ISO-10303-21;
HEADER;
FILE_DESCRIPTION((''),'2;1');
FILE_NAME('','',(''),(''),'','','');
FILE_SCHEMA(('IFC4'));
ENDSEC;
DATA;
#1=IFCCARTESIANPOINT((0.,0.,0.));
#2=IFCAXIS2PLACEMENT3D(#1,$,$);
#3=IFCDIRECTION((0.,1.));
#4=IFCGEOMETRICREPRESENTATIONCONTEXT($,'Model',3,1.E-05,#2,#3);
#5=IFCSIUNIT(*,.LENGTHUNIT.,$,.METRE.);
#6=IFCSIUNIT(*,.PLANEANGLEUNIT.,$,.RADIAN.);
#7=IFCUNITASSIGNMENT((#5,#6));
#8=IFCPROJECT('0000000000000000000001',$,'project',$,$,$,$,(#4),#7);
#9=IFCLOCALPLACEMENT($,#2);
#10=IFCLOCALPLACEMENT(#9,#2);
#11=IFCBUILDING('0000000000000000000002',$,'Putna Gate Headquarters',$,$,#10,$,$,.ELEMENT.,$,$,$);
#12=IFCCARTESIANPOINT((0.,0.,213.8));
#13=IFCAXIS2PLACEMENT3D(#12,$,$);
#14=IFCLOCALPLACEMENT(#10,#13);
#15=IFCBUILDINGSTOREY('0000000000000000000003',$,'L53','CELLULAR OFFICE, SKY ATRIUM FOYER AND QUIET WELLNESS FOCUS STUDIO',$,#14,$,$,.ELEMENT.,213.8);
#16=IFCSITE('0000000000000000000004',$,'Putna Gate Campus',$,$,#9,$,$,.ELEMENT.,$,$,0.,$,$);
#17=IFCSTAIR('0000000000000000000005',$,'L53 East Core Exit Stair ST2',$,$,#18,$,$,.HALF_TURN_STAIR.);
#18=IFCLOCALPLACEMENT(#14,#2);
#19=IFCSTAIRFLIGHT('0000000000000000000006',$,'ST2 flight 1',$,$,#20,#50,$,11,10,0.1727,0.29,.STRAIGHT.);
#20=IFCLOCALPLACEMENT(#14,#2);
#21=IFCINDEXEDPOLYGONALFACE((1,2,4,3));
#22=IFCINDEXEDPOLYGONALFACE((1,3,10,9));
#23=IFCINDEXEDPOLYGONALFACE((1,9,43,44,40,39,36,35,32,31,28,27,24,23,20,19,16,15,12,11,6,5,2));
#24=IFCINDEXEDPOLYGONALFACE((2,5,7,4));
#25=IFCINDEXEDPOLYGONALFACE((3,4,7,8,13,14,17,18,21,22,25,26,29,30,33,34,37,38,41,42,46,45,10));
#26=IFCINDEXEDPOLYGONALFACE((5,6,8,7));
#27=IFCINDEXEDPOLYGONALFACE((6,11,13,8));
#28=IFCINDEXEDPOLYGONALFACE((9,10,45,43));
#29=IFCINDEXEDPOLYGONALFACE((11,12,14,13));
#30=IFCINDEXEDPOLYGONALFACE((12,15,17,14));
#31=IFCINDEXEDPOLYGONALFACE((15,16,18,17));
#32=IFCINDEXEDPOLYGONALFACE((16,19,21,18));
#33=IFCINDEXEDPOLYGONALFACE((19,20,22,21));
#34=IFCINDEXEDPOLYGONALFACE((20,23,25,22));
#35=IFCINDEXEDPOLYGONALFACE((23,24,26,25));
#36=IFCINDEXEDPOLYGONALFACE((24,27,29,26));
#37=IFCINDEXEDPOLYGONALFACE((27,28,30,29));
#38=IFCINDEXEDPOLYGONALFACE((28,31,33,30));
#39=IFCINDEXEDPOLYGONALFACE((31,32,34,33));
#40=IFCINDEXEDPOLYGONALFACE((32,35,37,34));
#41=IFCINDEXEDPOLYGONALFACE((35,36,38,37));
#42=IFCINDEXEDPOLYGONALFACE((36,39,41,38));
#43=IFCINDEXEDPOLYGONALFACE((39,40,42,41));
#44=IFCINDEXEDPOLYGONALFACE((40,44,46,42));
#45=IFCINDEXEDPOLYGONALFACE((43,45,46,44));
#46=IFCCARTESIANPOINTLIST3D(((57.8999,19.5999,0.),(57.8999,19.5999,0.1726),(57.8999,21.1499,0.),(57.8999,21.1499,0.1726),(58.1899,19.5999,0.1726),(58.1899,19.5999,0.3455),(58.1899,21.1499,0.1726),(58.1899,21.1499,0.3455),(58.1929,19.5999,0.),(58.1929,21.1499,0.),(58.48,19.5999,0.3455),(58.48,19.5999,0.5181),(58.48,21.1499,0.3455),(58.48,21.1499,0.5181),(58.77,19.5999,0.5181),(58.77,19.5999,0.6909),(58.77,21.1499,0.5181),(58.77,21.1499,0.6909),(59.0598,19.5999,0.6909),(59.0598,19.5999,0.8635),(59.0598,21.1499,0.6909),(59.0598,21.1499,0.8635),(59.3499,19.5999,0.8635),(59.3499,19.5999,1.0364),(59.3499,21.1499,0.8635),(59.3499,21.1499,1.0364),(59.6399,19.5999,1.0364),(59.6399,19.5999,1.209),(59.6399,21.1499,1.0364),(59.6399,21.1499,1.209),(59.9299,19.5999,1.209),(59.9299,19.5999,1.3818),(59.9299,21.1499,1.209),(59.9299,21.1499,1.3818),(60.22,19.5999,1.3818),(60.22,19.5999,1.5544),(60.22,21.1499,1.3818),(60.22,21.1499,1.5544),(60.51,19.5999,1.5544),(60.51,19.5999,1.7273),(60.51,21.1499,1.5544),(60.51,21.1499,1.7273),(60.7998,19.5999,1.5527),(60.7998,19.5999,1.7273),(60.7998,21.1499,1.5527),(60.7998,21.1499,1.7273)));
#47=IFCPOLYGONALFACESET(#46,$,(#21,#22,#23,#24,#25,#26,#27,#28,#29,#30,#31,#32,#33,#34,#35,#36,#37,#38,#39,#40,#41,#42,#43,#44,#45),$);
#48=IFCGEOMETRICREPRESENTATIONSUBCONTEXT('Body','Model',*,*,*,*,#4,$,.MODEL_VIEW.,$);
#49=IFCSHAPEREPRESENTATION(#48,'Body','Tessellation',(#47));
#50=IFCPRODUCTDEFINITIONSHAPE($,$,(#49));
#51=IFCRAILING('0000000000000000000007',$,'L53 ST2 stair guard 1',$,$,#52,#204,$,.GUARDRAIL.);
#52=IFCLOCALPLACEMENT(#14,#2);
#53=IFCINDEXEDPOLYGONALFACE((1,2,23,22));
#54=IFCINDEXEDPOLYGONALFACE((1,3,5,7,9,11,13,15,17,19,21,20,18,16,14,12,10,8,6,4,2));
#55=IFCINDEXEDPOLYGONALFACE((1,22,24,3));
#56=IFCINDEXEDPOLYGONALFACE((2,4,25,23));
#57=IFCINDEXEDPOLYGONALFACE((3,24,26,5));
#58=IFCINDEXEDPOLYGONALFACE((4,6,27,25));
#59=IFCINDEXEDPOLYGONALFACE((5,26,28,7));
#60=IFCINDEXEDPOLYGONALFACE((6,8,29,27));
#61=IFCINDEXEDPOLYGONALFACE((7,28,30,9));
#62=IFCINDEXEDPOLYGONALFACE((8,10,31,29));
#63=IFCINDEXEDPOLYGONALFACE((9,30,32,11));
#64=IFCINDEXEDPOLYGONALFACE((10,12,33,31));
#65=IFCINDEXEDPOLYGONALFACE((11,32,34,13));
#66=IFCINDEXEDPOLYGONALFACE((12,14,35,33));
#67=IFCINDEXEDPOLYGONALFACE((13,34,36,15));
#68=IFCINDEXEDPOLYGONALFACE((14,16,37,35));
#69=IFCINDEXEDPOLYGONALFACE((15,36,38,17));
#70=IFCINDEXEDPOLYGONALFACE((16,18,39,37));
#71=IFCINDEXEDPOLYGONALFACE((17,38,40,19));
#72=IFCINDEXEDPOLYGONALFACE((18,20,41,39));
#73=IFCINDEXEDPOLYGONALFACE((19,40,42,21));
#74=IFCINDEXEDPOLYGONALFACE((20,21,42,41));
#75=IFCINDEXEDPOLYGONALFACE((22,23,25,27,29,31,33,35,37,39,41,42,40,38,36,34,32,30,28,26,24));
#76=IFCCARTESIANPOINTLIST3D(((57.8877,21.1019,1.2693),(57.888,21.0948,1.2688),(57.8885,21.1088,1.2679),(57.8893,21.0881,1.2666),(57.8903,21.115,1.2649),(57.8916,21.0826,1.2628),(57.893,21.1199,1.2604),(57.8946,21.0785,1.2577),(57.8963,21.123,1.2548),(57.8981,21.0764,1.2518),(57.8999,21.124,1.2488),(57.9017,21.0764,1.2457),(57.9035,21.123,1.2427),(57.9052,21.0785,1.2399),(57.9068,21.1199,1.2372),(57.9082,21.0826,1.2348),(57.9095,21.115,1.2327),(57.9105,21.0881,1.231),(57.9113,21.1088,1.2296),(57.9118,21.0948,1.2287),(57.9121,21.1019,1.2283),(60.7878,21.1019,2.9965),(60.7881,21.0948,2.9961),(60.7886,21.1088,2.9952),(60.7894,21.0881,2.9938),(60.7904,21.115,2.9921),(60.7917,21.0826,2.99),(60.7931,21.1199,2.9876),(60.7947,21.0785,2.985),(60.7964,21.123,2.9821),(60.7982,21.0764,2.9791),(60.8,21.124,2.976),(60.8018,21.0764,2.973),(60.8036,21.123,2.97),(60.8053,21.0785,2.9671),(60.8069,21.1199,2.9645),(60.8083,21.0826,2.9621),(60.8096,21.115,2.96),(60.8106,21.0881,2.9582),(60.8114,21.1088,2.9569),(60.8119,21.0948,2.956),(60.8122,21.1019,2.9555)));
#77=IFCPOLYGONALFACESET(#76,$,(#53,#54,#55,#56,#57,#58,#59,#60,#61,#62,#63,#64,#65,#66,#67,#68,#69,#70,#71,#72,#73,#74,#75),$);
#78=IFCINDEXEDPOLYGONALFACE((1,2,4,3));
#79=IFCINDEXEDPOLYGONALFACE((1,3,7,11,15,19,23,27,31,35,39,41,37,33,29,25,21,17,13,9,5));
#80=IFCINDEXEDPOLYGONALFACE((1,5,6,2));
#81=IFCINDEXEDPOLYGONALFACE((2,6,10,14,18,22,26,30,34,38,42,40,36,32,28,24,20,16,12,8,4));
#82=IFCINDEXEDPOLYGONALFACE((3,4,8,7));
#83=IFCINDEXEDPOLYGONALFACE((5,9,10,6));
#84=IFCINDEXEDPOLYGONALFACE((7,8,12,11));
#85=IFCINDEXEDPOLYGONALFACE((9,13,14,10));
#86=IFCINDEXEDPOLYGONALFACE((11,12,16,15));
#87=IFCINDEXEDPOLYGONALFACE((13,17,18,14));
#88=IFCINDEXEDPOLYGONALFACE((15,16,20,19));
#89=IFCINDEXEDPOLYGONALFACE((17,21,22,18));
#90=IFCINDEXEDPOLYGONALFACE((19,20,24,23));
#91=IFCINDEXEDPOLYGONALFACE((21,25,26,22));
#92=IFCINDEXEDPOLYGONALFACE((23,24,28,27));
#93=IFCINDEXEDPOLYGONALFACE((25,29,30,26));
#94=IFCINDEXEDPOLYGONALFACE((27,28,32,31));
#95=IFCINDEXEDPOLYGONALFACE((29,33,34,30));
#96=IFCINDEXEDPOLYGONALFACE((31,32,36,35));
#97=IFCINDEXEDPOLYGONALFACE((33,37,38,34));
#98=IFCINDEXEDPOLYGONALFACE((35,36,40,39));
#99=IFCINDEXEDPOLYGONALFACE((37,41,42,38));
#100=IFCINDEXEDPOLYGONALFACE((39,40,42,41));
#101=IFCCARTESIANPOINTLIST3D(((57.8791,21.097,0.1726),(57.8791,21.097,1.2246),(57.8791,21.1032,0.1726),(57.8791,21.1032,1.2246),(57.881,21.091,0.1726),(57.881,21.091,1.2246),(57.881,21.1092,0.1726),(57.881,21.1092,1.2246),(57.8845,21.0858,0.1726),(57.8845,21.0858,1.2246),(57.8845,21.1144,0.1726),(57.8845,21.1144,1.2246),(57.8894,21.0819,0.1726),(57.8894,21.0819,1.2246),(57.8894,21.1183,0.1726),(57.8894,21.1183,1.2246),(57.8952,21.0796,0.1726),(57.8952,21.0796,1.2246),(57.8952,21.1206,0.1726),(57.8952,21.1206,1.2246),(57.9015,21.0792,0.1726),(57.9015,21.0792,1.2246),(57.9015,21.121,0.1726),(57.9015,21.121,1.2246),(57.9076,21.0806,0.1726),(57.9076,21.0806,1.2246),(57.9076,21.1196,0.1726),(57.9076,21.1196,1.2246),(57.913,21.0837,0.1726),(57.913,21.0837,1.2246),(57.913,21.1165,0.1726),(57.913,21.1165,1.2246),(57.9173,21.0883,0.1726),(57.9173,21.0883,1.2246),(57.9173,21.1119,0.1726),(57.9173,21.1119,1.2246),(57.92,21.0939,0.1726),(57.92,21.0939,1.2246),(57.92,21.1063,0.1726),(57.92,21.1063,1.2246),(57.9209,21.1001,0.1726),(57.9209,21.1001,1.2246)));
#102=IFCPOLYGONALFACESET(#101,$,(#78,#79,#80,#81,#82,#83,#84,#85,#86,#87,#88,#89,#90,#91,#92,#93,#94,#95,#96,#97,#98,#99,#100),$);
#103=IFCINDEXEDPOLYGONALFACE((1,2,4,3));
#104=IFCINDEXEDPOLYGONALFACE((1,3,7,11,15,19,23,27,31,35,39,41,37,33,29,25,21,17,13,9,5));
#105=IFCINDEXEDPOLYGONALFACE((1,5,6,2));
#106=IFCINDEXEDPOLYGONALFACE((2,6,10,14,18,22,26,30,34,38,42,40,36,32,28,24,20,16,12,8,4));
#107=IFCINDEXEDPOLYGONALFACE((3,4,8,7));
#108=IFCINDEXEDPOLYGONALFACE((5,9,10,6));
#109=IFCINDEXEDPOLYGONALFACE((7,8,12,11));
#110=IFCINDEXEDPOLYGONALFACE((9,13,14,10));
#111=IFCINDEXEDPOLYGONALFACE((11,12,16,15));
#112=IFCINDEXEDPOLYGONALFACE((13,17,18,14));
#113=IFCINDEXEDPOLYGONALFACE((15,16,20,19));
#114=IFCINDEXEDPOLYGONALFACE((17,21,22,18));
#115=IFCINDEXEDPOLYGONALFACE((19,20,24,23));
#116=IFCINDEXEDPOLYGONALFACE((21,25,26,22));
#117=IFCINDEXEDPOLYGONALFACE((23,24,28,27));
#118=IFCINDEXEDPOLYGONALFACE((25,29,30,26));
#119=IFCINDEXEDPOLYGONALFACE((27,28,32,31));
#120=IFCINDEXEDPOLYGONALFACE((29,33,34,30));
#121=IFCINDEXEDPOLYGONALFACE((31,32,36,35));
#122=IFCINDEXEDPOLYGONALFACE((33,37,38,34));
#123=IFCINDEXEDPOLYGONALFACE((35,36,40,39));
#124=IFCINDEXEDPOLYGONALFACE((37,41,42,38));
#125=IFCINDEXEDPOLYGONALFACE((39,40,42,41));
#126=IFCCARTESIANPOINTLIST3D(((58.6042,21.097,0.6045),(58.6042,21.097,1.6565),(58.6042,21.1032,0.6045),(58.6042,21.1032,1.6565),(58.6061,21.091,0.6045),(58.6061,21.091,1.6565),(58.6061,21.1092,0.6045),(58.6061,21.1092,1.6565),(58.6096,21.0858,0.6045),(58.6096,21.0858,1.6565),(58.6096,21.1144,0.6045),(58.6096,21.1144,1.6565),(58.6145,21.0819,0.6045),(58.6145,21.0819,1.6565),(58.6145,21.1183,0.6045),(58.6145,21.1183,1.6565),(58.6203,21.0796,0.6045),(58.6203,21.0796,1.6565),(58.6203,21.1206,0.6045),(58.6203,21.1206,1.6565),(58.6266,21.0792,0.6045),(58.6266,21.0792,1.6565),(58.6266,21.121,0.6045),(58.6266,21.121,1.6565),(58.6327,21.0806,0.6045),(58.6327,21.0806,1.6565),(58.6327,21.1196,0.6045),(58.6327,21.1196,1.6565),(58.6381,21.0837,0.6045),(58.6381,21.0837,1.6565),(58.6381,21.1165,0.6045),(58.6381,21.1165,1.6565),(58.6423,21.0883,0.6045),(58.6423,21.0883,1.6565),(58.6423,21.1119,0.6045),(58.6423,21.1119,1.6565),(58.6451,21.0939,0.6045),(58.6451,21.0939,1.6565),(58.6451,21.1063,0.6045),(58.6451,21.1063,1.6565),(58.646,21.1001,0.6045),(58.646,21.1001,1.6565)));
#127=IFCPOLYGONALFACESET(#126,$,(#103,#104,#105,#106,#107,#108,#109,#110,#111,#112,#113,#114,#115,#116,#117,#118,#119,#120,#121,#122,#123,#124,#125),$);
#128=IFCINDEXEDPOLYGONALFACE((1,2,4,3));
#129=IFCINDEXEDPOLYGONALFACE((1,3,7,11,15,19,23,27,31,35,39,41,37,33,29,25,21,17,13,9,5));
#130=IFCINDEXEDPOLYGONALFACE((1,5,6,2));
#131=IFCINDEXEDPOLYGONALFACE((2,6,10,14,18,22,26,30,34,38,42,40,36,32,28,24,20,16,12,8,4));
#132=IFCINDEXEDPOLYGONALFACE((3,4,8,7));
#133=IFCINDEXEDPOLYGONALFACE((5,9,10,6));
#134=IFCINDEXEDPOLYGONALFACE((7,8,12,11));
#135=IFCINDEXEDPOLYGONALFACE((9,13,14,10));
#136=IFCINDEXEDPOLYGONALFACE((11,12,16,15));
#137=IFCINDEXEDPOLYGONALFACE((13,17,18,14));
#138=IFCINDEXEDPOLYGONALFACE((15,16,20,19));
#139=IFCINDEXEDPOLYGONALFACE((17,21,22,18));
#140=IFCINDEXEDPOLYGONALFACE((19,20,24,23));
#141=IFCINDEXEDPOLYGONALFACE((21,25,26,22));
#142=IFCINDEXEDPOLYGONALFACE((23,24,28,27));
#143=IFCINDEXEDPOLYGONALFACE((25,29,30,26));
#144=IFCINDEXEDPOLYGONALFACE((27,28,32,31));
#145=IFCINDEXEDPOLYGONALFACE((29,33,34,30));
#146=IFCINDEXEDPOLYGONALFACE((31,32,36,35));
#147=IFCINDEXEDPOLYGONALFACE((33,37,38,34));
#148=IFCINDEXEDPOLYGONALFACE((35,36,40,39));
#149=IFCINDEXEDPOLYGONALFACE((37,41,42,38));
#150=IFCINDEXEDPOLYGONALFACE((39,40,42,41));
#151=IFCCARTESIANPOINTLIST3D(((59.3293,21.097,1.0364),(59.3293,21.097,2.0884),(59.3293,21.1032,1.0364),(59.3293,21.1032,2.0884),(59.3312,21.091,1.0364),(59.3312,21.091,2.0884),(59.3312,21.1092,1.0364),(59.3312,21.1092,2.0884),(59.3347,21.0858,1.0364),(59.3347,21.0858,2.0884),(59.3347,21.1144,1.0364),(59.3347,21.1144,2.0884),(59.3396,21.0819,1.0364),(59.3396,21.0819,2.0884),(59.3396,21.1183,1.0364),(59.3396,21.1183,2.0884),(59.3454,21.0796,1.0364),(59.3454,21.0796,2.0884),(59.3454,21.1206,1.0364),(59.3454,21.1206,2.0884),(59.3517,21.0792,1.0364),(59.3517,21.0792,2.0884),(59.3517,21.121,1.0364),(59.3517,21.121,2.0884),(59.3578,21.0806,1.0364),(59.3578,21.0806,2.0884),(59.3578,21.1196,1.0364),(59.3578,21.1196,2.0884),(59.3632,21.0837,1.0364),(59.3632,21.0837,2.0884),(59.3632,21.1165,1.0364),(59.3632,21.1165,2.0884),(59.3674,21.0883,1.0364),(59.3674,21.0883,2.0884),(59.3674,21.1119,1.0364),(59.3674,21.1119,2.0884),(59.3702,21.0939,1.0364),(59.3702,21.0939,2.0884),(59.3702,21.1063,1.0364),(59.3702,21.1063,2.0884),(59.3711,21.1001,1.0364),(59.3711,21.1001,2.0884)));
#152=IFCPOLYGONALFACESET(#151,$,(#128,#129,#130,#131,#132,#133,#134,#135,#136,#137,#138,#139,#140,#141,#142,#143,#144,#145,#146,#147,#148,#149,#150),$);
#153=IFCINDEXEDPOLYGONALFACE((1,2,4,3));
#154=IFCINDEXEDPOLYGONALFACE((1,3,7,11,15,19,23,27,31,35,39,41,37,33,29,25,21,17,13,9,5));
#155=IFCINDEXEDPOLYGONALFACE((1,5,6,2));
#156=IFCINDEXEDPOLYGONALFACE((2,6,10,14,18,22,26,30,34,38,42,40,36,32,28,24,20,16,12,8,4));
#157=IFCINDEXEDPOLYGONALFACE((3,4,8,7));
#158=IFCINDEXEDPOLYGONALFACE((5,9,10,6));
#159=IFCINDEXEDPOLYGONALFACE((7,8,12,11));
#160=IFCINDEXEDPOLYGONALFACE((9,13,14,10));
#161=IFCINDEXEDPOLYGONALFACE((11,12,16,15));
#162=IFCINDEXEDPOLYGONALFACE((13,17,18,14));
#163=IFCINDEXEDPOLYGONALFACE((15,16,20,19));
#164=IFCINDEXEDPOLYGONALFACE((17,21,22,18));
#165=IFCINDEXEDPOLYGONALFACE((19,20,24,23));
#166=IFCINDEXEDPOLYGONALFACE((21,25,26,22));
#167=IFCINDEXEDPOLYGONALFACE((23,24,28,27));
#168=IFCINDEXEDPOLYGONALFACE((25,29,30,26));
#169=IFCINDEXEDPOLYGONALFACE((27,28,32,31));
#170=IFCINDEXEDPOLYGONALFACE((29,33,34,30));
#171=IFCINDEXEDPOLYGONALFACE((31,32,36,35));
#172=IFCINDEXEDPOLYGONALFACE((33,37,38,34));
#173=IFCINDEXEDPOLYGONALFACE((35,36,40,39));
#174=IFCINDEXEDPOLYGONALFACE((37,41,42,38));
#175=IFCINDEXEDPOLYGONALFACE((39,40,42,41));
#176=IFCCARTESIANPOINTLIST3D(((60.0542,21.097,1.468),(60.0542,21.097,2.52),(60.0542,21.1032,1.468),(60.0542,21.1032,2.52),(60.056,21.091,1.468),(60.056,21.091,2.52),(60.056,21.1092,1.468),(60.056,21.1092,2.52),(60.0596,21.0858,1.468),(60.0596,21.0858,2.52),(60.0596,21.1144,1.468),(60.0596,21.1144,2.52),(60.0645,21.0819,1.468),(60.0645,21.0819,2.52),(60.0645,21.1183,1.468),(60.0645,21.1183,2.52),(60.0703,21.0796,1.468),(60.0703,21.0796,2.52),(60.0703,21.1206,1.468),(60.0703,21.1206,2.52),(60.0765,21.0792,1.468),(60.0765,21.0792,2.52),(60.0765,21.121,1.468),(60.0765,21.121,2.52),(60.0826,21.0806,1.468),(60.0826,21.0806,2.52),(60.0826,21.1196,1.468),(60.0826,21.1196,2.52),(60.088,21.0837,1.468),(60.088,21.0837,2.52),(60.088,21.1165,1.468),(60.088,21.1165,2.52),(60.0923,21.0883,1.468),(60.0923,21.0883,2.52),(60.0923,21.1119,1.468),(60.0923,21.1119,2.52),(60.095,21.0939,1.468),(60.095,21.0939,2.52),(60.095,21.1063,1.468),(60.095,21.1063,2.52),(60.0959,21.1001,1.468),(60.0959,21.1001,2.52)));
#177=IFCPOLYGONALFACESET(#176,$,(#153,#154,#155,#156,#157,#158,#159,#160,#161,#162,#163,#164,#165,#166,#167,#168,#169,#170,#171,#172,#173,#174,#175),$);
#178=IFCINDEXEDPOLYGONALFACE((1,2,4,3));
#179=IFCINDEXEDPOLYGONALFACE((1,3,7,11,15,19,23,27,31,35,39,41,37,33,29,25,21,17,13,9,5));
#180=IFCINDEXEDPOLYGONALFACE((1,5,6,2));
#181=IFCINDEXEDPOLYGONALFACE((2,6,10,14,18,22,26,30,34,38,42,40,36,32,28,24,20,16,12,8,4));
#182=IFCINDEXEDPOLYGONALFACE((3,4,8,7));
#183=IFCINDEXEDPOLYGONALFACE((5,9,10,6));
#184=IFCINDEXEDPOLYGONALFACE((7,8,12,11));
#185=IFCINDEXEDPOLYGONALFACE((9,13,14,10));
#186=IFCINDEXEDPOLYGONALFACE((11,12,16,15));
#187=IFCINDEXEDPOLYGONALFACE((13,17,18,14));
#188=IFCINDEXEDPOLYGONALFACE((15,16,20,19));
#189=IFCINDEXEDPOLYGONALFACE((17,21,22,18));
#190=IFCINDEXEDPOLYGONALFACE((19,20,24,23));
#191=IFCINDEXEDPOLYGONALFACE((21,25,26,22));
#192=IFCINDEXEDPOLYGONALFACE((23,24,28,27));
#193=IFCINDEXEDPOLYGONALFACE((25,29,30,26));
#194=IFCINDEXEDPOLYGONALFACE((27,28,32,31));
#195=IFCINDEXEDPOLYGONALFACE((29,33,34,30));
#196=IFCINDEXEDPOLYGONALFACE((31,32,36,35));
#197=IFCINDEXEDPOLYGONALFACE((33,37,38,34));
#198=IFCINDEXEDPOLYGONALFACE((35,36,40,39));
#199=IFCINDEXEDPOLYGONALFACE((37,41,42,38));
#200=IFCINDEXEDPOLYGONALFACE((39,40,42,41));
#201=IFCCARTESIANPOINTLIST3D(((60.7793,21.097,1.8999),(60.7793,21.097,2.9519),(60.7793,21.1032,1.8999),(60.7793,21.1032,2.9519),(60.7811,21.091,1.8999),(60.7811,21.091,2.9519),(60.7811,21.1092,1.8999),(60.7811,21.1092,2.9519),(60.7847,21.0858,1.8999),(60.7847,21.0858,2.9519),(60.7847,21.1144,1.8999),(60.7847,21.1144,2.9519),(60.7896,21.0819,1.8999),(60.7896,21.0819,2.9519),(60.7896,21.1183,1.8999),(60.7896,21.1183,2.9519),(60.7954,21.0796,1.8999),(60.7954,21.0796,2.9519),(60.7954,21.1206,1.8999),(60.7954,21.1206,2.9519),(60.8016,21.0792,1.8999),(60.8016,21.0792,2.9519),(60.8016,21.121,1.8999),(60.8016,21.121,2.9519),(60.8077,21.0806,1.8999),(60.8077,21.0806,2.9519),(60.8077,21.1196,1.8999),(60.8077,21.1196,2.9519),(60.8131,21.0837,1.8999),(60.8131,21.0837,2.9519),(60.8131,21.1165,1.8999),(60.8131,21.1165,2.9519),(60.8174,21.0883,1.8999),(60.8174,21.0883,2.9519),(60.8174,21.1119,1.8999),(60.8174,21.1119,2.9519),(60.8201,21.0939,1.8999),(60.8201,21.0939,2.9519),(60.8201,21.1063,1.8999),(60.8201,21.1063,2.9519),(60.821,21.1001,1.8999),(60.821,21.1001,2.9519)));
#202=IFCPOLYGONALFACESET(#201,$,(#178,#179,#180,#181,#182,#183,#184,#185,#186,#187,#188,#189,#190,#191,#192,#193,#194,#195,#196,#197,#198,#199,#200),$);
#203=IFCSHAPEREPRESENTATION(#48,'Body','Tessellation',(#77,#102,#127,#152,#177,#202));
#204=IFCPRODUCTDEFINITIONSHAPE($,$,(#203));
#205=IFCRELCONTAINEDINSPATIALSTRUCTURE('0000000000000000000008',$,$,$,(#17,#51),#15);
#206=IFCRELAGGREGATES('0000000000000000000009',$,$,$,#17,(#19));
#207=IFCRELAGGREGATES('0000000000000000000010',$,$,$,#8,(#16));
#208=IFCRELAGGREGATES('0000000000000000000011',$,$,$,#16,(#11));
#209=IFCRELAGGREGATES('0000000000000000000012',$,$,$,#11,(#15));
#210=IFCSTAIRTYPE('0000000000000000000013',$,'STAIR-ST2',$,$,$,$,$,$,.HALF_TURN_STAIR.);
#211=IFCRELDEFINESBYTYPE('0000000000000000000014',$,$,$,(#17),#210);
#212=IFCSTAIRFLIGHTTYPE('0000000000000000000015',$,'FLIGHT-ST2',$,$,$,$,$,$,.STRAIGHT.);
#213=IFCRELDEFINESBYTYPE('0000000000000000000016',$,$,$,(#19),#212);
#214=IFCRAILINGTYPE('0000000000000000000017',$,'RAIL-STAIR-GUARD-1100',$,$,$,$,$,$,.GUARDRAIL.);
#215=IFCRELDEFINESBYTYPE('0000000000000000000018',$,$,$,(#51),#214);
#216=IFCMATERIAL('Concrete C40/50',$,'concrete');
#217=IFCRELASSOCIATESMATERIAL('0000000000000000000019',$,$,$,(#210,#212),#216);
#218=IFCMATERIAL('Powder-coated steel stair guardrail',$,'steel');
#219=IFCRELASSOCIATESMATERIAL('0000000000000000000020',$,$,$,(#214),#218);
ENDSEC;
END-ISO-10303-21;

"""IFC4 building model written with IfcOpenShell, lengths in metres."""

from ifc_helpers import new_model, si_unit, direction, frame, origin, origin_2d, place, context, subcontext, project, spatial, polyline, circle, outline, extrude, material, type_object, element, aggregate, save


model = new_model("IFC4")

# Units and contexts
model_context = context("Model", 3, precision=1e-05, world=origin(), true_north=direction((0.0, 1.0)))
body_context = subcontext(model_context, "Body", "Model", "MODEL_VIEW")
ifc_project = project(units=[si_unit("LENGTHUNIT", "METRE"), si_unit("PLANEANGLEUNIT", "RADIAN")], contexts=[model_context])

# Site, building, storey
site_placement = place(None, origin())
site = spatial("IfcSite", under=ifc_project, at=site_placement, Name="Putna Gate Campus", CompositionType="ELEMENT", RefElevation=0.0)
building_placement = place(site_placement, origin())
building = spatial("IfcBuilding", under=site, at=building_placement, Name="Putna Gate Headquarters", CompositionType="ELEMENT")
storey_placement = place(building_placement, frame((0.0, 0.0, 213.8)))
storey = spatial("IfcBuildingStorey", under=building, at=storey_placement, Name="L53", Description="CELLULAR OFFICE, SKY ATRIUM FOYER AND QUIET WELLNESS FOCUS STUDIO", CompositionType="ELEMENT", Elevation=213.8)

# Shared definitions
ifc_material_1 = material(Name="Concrete C40/50", Category="concrete")

# Stair, stair flight
stair_type = type_object("IfcStairType", Name="STAIR-ST2", PredefinedType="HALF_TURN_STAIR", material=ifc_material_1)
stair_placement = place(storey_placement, origin())
stair = element("IfcStair", 1, at=stair_placement, inside=storey, type_object=stair_type, Name="L53 East Core Exit Stair ST2", PredefinedType="HALF_TURN_STAIR")
stair_flight_type = type_object("IfcStairFlightType", Name="FLIGHT-ST2", PredefinedType="STRAIGHT", material=ifc_material_1)
stair_flight_placement = place(storey_placement, frame((57.8999, 20.375, 0.0), z_axis=(0.0, 0.0, 1.0), x_axis=(1.0, 0.0, 0.0)))
stair_flight = element("IfcStairFlight", 2, at=stair_flight_placement, type_object=stair_flight_type, Name="ST2 flight 1", NumberOfRisers=11, NumberOfTreads=10, PredefinedType="STRAIGHT", RiserHeight=0.1727, TreadLength=0.29, context=body_context, shape_type="SweptSolid", body=[
    extrude(outline(polyline([(0.0, 0.0), (0.0, 0.1726), (0.29, 0.1726), (0.29, 0.3455), (0.5801, 0.3455), (0.5801, 0.5181), (0.8701, 0.5181), (0.8701, 0.6909), (1.1599, 0.6909), (1.1599, 0.8635), (1.45, 0.8635), (1.45, 1.0364), (1.74, 1.0364), (1.74, 1.209), (2.03, 1.209), (2.03, 1.3818), (2.3201, 1.3818), (2.3201, 1.5544), (2.6101, 1.5544), (2.6101, 1.7273), (2.8999, 1.7273), (2.8999, 1.8999), (2.8999, 1.5527), (0.293, 0.0), (0.0, 0.0)])), frame((0.0, 0.7749, 0.0), z_axis=(0.0, -1.0, 0.0), x_axis=(1.0, 0.0, 0.0)), (0.0, 0.0, 1.0), 1.55),
])
aggregate(stair, [stair_flight])

# Railing
ifc_material_2 = material(Name="Powder-coated steel stair guardrail", Category="steel")
railing_type_1 = type_object("IfcRailingType", Name="RAIL-STAIR-GUARD-1100", PredefinedType="GUARDRAIL", material=ifc_material_2)
railing_1_placement = place(storey_placement, frame((57.8999, 21.1001, 0.1726)))
element("IfcRailing", 3, at=railing_1_placement, inside=storey, type_object=railing_type_1, Name="L53 ST2 stair guard 1", PredefinedType="GUARDRAIL", context=body_context, shape_type="SweptSolid", body=[
    extrude(circle(Radius=0.0239, at=origin_2d()), frame((0.0, 0.0, 1.0762), z_axis=(0.85916, 0.0, 0.511706), x_axis=(0.0, 1.0, 0.0)), (0.0, 0.0, 1.0), 3.3755),
    extrude(circle(Radius=0.021, at=origin_2d()), origin(), (0.0, 0.0, 1.0), 1.052),
    extrude(circle(Radius=0.021, at=origin_2d()), frame((0.7251, 0.0, 0.4319)), (0.0, 0.0, 1.0), 1.052),
    extrude(circle(Radius=0.021, at=origin_2d()), frame((1.4502, 0.0, 0.8638)), (0.0, 0.0, 1.0), 1.052),
    extrude(circle(Radius=0.021, at=origin_2d()), frame((2.175, 0.0, 1.2954)), (0.0, 0.0, 1.0), 1.052),
    extrude(circle(Radius=0.021, at=origin_2d()), frame((2.9001, 0.0, 1.7273)), (0.0, 0.0, 1.0), 1.052),
])

save(model, "model.ifc")
